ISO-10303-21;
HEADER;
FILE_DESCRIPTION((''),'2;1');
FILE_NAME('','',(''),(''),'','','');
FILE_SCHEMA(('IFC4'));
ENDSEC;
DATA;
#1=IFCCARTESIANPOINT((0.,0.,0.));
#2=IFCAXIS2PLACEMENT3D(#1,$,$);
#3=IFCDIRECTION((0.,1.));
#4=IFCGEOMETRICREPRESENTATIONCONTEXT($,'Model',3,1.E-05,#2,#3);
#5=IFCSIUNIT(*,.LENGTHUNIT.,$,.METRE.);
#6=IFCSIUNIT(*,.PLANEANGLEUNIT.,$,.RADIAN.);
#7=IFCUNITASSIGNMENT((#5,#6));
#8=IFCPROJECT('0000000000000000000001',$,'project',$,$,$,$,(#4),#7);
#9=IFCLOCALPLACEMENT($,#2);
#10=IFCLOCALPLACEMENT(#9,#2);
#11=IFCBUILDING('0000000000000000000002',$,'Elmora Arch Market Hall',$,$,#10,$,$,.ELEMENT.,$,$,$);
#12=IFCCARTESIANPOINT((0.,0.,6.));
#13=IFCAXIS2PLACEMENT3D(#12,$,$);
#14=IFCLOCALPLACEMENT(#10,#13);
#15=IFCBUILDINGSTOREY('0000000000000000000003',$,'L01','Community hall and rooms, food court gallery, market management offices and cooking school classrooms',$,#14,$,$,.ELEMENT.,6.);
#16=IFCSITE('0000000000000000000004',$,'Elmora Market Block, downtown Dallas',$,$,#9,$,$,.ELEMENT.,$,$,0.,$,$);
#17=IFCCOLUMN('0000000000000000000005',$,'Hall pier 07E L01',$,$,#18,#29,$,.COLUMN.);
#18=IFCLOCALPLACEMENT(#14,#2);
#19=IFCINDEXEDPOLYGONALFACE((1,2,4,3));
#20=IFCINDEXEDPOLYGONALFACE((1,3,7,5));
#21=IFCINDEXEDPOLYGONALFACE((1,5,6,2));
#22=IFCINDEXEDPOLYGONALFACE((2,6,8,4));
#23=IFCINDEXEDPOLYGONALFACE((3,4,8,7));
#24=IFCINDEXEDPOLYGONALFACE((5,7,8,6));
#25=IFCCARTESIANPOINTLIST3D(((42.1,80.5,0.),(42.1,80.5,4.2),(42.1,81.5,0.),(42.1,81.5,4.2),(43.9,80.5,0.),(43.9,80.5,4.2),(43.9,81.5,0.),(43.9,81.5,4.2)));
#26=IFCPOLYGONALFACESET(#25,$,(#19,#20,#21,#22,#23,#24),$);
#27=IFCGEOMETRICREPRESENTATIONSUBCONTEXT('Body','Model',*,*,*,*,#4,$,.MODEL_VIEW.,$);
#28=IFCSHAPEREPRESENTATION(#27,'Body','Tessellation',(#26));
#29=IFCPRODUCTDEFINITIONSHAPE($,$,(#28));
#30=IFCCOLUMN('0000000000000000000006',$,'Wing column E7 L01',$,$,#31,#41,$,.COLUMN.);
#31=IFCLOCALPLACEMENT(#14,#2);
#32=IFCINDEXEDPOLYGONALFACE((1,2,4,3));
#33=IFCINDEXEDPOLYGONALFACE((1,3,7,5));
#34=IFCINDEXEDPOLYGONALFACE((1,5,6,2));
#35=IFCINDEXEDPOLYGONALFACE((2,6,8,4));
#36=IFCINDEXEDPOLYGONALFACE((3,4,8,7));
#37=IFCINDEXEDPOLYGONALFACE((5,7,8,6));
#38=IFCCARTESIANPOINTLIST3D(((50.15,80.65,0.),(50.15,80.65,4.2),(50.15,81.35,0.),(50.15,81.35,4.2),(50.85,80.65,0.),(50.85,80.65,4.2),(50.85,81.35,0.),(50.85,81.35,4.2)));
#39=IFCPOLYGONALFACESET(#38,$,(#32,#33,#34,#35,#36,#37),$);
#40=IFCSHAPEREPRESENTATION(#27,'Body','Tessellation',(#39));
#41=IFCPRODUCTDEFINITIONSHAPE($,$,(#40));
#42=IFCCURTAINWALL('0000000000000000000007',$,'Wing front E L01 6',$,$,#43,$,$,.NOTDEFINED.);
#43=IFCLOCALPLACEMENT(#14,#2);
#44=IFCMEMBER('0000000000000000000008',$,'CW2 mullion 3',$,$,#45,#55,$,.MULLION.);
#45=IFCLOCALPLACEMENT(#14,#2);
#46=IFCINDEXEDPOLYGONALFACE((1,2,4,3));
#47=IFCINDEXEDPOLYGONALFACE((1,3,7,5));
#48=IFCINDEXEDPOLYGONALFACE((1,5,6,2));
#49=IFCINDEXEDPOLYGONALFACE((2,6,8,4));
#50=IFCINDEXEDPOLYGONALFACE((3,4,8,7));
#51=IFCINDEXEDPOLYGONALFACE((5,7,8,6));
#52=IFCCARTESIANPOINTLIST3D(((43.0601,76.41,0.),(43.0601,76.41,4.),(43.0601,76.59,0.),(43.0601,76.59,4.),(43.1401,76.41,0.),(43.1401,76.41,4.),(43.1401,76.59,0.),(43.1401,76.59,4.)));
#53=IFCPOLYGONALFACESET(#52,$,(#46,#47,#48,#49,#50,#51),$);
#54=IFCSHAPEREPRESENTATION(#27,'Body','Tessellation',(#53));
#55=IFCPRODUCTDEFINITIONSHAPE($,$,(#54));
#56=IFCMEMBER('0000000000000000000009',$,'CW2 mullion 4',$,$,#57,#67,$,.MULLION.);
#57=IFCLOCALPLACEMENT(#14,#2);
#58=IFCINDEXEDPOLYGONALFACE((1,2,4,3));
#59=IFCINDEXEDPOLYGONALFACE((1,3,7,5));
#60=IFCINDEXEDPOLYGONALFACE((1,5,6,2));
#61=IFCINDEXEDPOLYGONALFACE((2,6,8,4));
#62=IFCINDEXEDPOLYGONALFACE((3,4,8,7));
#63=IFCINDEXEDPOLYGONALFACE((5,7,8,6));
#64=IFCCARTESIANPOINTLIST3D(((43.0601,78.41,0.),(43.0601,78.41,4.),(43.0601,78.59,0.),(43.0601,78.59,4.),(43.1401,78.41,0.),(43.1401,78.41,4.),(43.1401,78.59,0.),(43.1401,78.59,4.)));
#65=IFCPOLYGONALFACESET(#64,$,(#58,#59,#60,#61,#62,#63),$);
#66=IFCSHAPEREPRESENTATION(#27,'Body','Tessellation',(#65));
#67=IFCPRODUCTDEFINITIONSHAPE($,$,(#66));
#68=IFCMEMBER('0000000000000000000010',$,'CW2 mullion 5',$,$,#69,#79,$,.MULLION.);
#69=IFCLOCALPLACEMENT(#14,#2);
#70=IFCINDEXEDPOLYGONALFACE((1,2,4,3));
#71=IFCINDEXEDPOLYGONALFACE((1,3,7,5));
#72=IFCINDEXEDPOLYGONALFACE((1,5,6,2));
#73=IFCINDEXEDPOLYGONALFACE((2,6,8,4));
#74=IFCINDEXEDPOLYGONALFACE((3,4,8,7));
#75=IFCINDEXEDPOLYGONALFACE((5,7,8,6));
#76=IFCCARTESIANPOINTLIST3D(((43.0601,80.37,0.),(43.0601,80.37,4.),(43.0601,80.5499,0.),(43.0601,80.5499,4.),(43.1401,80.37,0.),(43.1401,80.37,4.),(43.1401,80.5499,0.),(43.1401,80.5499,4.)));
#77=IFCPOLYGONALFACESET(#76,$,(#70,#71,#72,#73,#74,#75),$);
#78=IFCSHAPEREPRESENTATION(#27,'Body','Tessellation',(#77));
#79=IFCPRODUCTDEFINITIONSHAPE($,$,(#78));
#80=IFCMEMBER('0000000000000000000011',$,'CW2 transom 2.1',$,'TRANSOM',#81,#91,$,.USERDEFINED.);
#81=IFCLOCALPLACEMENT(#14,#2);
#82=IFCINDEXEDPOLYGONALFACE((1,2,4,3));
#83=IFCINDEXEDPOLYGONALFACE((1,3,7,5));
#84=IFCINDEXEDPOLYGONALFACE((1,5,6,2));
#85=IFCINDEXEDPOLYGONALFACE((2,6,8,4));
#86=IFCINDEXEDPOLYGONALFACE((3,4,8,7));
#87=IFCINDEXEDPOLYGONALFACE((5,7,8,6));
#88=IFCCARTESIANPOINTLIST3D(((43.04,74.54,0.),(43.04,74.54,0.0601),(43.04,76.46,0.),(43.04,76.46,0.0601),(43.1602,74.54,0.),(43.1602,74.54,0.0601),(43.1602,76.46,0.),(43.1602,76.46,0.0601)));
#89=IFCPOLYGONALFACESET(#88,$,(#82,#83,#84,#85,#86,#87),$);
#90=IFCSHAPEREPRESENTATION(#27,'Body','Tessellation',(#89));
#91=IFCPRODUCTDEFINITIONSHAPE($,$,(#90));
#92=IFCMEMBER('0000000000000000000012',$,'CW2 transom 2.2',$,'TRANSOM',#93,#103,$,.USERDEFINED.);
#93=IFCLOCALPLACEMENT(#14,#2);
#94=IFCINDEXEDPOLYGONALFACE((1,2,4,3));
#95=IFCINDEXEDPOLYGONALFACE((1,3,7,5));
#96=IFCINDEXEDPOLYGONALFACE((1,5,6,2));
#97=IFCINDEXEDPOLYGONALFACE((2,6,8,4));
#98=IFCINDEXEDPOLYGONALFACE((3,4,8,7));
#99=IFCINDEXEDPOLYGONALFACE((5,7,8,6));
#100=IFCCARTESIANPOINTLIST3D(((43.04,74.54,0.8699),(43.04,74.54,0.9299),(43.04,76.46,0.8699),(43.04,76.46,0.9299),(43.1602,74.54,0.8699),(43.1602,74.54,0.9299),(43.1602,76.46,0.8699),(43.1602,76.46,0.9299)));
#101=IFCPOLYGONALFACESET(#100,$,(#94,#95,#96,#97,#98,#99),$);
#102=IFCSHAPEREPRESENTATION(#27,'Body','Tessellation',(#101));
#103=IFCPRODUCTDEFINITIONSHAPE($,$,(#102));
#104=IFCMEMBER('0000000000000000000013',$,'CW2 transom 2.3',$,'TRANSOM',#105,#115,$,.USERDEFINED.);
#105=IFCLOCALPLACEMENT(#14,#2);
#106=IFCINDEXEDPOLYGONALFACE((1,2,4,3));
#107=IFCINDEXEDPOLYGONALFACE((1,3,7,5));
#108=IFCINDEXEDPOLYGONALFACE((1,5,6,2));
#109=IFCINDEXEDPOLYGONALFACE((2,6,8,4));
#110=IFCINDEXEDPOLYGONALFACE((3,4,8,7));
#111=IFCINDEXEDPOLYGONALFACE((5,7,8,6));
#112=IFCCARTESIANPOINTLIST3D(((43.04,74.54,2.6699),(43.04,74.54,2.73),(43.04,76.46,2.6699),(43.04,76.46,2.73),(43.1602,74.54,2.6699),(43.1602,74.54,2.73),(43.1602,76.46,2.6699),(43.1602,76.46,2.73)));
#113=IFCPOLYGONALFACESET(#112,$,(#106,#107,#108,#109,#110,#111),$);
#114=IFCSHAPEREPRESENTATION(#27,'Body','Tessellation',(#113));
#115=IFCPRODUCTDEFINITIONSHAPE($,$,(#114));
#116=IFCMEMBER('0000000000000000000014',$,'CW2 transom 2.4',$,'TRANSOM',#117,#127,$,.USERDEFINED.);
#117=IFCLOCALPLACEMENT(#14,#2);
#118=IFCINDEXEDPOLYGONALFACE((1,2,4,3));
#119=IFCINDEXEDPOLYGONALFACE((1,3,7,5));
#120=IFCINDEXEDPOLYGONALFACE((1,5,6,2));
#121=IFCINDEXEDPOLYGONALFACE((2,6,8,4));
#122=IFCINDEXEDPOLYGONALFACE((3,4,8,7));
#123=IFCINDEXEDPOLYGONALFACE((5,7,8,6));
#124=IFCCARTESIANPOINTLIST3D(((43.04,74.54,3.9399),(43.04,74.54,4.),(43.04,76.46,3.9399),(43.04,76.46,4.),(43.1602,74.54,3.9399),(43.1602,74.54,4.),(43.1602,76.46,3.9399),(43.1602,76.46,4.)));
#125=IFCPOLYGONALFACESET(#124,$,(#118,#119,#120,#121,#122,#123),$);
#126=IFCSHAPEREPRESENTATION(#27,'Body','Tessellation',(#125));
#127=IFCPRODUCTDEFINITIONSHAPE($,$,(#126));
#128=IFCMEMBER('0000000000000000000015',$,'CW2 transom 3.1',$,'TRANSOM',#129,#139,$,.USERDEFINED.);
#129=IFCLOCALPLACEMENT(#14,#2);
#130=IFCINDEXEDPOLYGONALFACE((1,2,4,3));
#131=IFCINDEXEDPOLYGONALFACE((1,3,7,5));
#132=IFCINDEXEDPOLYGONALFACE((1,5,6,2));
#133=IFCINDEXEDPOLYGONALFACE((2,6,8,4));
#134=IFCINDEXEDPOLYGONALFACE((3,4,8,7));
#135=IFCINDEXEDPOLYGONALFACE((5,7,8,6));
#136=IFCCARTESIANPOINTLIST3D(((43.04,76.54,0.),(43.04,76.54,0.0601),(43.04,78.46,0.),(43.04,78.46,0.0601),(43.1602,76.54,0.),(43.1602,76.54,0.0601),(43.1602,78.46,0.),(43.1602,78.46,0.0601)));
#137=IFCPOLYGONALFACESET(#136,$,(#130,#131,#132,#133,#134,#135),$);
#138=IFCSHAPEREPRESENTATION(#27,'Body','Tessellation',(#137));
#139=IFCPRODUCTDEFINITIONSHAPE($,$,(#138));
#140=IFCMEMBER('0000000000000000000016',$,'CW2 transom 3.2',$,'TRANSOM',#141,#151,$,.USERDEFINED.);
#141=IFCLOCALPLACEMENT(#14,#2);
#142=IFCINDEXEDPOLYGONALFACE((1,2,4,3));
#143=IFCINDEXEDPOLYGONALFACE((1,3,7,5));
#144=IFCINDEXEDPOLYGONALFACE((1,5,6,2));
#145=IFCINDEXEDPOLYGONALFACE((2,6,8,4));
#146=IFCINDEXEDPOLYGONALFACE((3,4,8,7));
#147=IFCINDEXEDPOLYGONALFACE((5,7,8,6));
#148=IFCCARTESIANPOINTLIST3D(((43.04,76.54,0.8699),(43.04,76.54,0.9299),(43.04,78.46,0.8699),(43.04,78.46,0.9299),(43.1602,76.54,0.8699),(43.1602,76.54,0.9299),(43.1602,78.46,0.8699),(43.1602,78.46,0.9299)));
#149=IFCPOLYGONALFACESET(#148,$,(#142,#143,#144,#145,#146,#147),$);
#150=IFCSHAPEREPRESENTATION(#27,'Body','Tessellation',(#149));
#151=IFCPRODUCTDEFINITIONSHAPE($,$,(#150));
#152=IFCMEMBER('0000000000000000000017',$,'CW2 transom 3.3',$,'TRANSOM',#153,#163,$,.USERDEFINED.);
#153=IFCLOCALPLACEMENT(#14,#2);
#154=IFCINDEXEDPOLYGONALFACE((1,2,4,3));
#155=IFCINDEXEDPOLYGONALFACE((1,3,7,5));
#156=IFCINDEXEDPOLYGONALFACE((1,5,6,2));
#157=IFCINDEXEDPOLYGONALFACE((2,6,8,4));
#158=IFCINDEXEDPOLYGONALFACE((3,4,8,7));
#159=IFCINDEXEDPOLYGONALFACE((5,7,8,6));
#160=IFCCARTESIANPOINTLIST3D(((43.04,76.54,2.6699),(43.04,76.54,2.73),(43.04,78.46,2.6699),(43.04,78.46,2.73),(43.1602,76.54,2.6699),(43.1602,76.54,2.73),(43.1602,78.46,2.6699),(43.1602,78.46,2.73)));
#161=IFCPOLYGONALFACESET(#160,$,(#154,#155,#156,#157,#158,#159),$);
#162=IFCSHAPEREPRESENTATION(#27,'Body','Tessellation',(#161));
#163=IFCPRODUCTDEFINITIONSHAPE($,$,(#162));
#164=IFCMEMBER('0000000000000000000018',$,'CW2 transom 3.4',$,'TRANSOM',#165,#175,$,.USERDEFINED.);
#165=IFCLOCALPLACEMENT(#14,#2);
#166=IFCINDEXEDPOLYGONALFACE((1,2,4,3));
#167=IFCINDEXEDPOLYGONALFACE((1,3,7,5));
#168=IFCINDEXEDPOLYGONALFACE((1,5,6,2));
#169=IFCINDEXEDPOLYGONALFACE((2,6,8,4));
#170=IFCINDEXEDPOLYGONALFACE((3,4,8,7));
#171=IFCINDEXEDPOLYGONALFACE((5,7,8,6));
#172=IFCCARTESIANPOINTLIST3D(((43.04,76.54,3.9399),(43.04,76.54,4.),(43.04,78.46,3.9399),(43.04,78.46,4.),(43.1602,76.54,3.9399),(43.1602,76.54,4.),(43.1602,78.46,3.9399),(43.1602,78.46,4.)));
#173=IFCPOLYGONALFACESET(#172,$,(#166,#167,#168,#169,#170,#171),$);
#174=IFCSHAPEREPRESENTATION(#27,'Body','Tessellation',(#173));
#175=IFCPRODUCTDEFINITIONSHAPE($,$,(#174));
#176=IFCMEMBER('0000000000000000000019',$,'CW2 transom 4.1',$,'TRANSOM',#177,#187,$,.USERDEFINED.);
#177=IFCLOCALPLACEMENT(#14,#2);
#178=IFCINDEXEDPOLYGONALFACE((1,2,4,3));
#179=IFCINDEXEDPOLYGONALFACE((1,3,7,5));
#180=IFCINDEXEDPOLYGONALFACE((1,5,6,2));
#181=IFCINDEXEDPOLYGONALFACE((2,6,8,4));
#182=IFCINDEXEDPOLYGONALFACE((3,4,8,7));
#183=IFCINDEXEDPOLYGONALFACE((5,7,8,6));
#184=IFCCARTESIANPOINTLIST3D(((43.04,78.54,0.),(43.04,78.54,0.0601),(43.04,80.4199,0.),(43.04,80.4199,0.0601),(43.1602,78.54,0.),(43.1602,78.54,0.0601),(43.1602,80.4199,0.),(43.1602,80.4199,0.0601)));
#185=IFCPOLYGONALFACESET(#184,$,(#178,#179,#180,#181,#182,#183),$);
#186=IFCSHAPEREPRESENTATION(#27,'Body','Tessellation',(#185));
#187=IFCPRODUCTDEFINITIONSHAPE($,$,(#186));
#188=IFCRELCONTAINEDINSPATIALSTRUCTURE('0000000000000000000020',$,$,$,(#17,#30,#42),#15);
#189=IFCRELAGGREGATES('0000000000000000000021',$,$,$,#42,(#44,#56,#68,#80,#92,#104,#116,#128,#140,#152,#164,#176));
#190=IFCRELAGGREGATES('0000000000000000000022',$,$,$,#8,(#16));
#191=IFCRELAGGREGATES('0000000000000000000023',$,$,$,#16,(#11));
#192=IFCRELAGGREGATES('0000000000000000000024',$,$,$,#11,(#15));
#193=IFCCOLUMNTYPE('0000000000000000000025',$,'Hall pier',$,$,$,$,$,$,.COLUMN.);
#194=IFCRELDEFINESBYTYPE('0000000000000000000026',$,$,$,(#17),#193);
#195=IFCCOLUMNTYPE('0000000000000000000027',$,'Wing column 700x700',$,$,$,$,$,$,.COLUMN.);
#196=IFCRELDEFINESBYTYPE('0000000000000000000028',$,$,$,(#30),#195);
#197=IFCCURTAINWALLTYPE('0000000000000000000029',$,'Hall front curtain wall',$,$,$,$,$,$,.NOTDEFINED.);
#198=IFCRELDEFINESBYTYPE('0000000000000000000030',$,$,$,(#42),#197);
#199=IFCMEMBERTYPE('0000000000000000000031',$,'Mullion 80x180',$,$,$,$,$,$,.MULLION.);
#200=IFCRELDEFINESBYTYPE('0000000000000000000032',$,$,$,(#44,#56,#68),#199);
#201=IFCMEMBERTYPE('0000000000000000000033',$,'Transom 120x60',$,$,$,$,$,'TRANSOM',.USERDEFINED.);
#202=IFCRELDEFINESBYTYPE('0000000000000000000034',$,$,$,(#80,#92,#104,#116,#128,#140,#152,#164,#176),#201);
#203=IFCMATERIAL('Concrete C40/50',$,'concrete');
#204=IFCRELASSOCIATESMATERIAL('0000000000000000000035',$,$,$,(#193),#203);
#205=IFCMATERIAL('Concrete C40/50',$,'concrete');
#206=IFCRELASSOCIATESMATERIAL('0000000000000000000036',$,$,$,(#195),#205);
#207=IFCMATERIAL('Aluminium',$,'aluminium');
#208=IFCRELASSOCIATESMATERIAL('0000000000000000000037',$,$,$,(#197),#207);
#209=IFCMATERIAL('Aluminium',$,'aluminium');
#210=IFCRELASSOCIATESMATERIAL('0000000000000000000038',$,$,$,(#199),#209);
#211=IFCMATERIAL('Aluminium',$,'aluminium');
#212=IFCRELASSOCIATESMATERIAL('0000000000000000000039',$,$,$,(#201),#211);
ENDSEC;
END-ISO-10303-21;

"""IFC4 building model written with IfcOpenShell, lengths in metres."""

from ifc_helpers import new_model, si_unit, direction, frame, origin, origin_2d, place, context, subcontext, project, spatial, rectangle, extrude, material, material_profile, profile_set, type_object, element, aggregate, save


model = new_model("IFC4")

# Units and contexts
model_context = context("Model", 3, precision=1e-05, world=origin(), true_north=direction((0.0, 1.0)))
body_context = subcontext(model_context, "Body", "Model", "MODEL_VIEW")
ifc_project = project(units=[si_unit("LENGTHUNIT", "METRE"), si_unit("PLANEANGLEUNIT", "RADIAN")], contexts=[model_context])

# Site, building, storey
site_placement = place(None, origin())
site = spatial("IfcSite", under=ifc_project, at=site_placement, Name="Elmora Market Block, downtown Dallas", CompositionType="ELEMENT", RefElevation=0.0)
building_placement = place(site_placement, origin())
building = spatial("IfcBuilding", under=site, at=building_placement, Name="Elmora Arch Market Hall", CompositionType="ELEMENT")
storey_placement = place(building_placement, frame((0.0, 0.0, 6.0)))
storey = spatial("IfcBuildingStorey", under=building, at=storey_placement, Name="L01", Description="Community hall and rooms, food court gallery, market management offices and cooking school classrooms", CompositionType="ELEMENT", Elevation=6.0)

# Columns
ifc_material_1 = material(Name="Concrete C40/50", Category="concrete")
ifc_material_profile_1 = material_profile(ifc_material_1, rectangle(XDim=1.8, YDim=1.0, at=origin_2d()), Name="Hall pier")
ifc_profile_set_1 = profile_set([ifc_material_profile_1], Name="Concrete C40/50")
column_type_1 = type_object("IfcColumnType", Name="Hall pier", PredefinedType="COLUMN", material=ifc_profile_set_1)
column_1_placement = place(storey_placement, frame((43.0, 81.0, 0.0), z_axis=(0.0, 0.0, 1.0), x_axis=(1.0, 0.0, 0.0)))
element("IfcColumn", 1, at=column_1_placement, inside=storey, type_object=column_type_1, Name="Hall pier 07E L01", PredefinedType="COLUMN", context=body_context, shape_type="SweptSolid", body=[
    extrude(rectangle(XDim=1.8, YDim=1.0, at=origin_2d()), origin(), (0.0, 0.0, 1.0), 4.2),
])
ifc_material_2 = material(Name="Concrete C40/50", Category="concrete")
ifc_material_profile_2 = material_profile(ifc_material_2, rectangle(XDim=0.7, YDim=0.7, at=origin_2d()), Name="Wing column 700x700")
ifc_profile_set_2 = profile_set([ifc_material_profile_2], Name="Concrete C40/50")
column_type_2 = type_object("IfcColumnType", Name="Wing column 700x700", PredefinedType="COLUMN", material=ifc_profile_set_2)
column_2_placement = place(storey_placement, frame((50.5, 81.0, 0.0), z_axis=(0.0, 0.0, 1.0), x_axis=(1.0, 0.0, 0.0)))
element("IfcColumn", 2, at=column_2_placement, inside=storey, type_object=column_type_2, Name="Wing column E7 L01", PredefinedType="COLUMN", context=body_context, shape_type="SweptSolid", body=[
    extrude(rectangle(XDim=0.7, YDim=0.7, at=origin_2d()), origin(), (0.0, 0.0, 1.0), 4.2),
])

# Curtain wall, members
ifc_material_3 = material(Name="Aluminium", Category="aluminium")
curtain_wall_type = type_object("IfcCurtainWallType", Name="Hall front curtain wall", PredefinedType="NOTDEFINED", material=ifc_material_3)
curtain_wall_placement = place(storey_placement, origin())
curtain_wall = element("IfcCurtainWall", 3, at=curtain_wall_placement, inside=storey, type_object=curtain_wall_type, Name="Wing front E L01 6", PredefinedType="NOTDEFINED")
ifc_material_4 = material(Name="Aluminium", Category="aluminium")
ifc_material_profile_3 = material_profile(ifc_material_4, rectangle(XDim=0.0801, YDim=0.1799, at=origin_2d()), Name="AL 80x180")
ifc_profile_set_3 = profile_set([ifc_material_profile_3], Name="Aluminium")
member_type_1 = type_object("IfcMemberType", Name="Mullion 80x180", PredefinedType="MULLION", material=ifc_profile_set_3)
member_1_placement = place(storey_placement, frame((43.1001, 76.5, 0.0), z_axis=(0.0, 0.0, 1.0), x_axis=(-1.0, 0.0, 0.0)))
member_1 = element("IfcMember", 4, at=member_1_placement, type_object=member_type_1, Name="CW2 mullion 3", PredefinedType="MULLION", context=body_context, shape_type="SweptSolid", body=[
    extrude(rectangle(XDim=0.0801, YDim=0.1799, at=origin_2d()), origin(), (0.0, 0.0, 1.0), 4.0),
])
member_2_placement = place(storey_placement, frame((43.1001, 78.5, 0.0), z_axis=(0.0, 0.0, 1.0), x_axis=(-1.0, 0.0, 0.0)))
member_2 = element("IfcMember", 5, at=member_2_placement, type_object=member_type_1, Name="CW2 mullion 4", PredefinedType="MULLION", context=body_context, shape_type="SweptSolid", body=[
    extrude(rectangle(XDim=0.0801, YDim=0.1799, at=origin_2d()), origin(), (0.0, 0.0, 1.0), 4.0),
])
member_3_placement = place(storey_placement, frame((43.1001, 80.46, 0.0), z_axis=(0.0, 0.0, 1.0), x_axis=(-1.0, 0.0, 0.0)))
member_3 = element("IfcMember", 6, at=member_3_placement, type_object=member_type_1, Name="CW2 mullion 5", PredefinedType="MULLION", context=body_context, shape_type="SweptSolid", body=[
    extrude(rectangle(XDim=0.0801, YDim=0.1799, at=origin_2d()), origin(), (0.0, 0.0, 1.0), 4.0),
])
ifc_material_5 = material(Name="Aluminium", Category="aluminium")
ifc_material_profile_4 = material_profile(ifc_material_5, rectangle(XDim=0.1201, YDim=0.0601, at=origin_2d()), Name="AL 120x60")
ifc_profile_set_4 = profile_set([ifc_material_profile_4], Name="Aluminium")
member_type_2 = type_object("IfcMemberType", Name="Transom 120x60", ElementType="TRANSOM", PredefinedType="USERDEFINED", material=ifc_profile_set_4)
member_4_placement = place(storey_placement, frame((43.1001, 74.54, 0.03), z_axis=(0.0, 1.0, 0.0), x_axis=(-1.0, 0.0, 0.0)))
member_4 = element("IfcMember", 7, at=member_4_placement, type_object=member_type_2, Name="CW2 transom 2.1", ObjectType="TRANSOM", PredefinedType="USERDEFINED", context=body_context, shape_type="SweptSolid", body=[
    extrude(rectangle(XDim=0.1201, YDim=0.0601, at=origin_2d()), origin(), (0.0, 0.0, 1.0), 1.9199),
])
member_5_placement = place(storey_placement, frame((43.1001, 74.54, 0.8999), z_axis=(0.0, 1.0, 0.0), x_axis=(-1.0, 0.0, 0.0)))
member_5 = element("IfcMember", 8, at=member_5_placement, type_object=member_type_2, Name="CW2 transom 2.2", ObjectType="TRANSOM", PredefinedType="USERDEFINED", context=body_context, shape_type="SweptSolid", body=[
    extrude(rectangle(XDim=0.1201, YDim=0.0601, at=origin_2d()), origin(), (0.0, 0.0, 1.0), 1.9199),
])
member_6_placement = place(storey_placement, frame((43.1001, 74.54, 2.7), z_axis=(0.0, 1.0, 0.0), x_axis=(-1.0, 0.0, 0.0)))
member_6 = element("IfcMember", 9, at=member_6_placement, type_object=member_type_2, Name="CW2 transom 2.3", ObjectType="TRANSOM", PredefinedType="USERDEFINED", context=body_context, shape_type="SweptSolid", body=[
    extrude(rectangle(XDim=0.1201, YDim=0.0601, at=origin_2d()), origin(), (0.0, 0.0, 1.0), 1.9199),
])
member_7_placement = place(storey_placement, frame((43.1001, 74.54, 3.97), z_axis=(0.0, 1.0, 0.0), x_axis=(-1.0, 0.0, 0.0)))
member_7 = element("IfcMember", 10, at=member_7_placement, type_object=member_type_2, Name="CW2 transom 2.4", ObjectType="TRANSOM", PredefinedType="USERDEFINED", context=body_context, shape_type="SweptSolid", body=[
    extrude(rectangle(XDim=0.1201, YDim=0.0601, at=origin_2d()), origin(), (0.0, 0.0, 1.0), 1.9199),
])
member_8_placement = place(storey_placement, frame((43.1001, 76.54, 0.03), z_axis=(0.0, 1.0, 0.0), x_axis=(-1.0, 0.0, 0.0)))
member_8 = element("IfcMember", 11, at=member_8_placement, type_object=member_type_2, Name="CW2 transom 3.1", ObjectType="TRANSOM", PredefinedType="USERDEFINED", context=body_context, shape_type="SweptSolid", body=[
    extrude(rectangle(XDim=0.1201, YDim=0.0601, at=origin_2d()), origin(), (0.0, 0.0, 1.0), 1.9199),
])
member_9_placement = place(storey_placement, frame((43.1001, 76.54, 0.8999), z_axis=(0.0, 1.0, 0.0), x_axis=(-1.0, 0.0, 0.0)))
member_9 = element("IfcMember", 12, at=member_9_placement, type_object=member_type_2, Name="CW2 transom 3.2", ObjectType="TRANSOM", PredefinedType="USERDEFINED", context=body_context, shape_type="SweptSolid", body=[
    extrude(rectangle(XDim=0.1201, YDim=0.0601, at=origin_2d()), origin(), (0.0, 0.0, 1.0), 1.9199),
])
member_10_placement = place(storey_placement, frame((43.1001, 76.54, 2.7), z_axis=(0.0, 1.0, 0.0), x_axis=(-1.0, 0.0, 0.0)))
member_10 = element("IfcMember", 13, at=member_10_placement, type_object=member_type_2, Name="CW2 transom 3.3", ObjectType="TRANSOM", PredefinedType="USERDEFINED", context=body_context, shape_type="SweptSolid", body=[
    extrude(rectangle(XDim=0.1201, YDim=0.0601, at=origin_2d()), origin(), (0.0, 0.0, 1.0), 1.9199),
])
member_11_placement = place(storey_placement, frame((43.1001, 76.54, 3.97), z_axis=(0.0, 1.0, 0.0), x_axis=(-1.0, 0.0, 0.0)))
member_11 = element("IfcMember", 14, at=member_11_placement, type_object=member_type_2, Name="CW2 transom 3.4", ObjectType="TRANSOM", PredefinedType="USERDEFINED", context=body_context, shape_type="SweptSolid", body=[
    extrude(rectangle(XDim=0.1201, YDim=0.0601, at=origin_2d()), origin(), (0.0, 0.0, 1.0), 1.9199),
])
member_12_placement = place(storey_placement, frame((43.1001, 78.54, 0.03), z_axis=(0.0, 1.0, 0.0), x_axis=(-1.0, 0.0, 0.0)))
member_12 = element("IfcMember", 15, at=member_12_placement, type_object=member_type_2, Name="CW2 transom 4.1", ObjectType="TRANSOM", PredefinedType="USERDEFINED", context=body_context, shape_type="SweptSolid", body=[
    extrude(rectangle(XDim=0.1201, YDim=0.0601, at=origin_2d()), origin(), (0.0, 0.0, 1.0), 1.8799),
])

aggregate(curtain_wall, [member_1, member_2, member_3, member_4, member_5, member_6, member_7, member_8, member_9, member_10, member_11, member_12])

save(model, "model.ifc")
